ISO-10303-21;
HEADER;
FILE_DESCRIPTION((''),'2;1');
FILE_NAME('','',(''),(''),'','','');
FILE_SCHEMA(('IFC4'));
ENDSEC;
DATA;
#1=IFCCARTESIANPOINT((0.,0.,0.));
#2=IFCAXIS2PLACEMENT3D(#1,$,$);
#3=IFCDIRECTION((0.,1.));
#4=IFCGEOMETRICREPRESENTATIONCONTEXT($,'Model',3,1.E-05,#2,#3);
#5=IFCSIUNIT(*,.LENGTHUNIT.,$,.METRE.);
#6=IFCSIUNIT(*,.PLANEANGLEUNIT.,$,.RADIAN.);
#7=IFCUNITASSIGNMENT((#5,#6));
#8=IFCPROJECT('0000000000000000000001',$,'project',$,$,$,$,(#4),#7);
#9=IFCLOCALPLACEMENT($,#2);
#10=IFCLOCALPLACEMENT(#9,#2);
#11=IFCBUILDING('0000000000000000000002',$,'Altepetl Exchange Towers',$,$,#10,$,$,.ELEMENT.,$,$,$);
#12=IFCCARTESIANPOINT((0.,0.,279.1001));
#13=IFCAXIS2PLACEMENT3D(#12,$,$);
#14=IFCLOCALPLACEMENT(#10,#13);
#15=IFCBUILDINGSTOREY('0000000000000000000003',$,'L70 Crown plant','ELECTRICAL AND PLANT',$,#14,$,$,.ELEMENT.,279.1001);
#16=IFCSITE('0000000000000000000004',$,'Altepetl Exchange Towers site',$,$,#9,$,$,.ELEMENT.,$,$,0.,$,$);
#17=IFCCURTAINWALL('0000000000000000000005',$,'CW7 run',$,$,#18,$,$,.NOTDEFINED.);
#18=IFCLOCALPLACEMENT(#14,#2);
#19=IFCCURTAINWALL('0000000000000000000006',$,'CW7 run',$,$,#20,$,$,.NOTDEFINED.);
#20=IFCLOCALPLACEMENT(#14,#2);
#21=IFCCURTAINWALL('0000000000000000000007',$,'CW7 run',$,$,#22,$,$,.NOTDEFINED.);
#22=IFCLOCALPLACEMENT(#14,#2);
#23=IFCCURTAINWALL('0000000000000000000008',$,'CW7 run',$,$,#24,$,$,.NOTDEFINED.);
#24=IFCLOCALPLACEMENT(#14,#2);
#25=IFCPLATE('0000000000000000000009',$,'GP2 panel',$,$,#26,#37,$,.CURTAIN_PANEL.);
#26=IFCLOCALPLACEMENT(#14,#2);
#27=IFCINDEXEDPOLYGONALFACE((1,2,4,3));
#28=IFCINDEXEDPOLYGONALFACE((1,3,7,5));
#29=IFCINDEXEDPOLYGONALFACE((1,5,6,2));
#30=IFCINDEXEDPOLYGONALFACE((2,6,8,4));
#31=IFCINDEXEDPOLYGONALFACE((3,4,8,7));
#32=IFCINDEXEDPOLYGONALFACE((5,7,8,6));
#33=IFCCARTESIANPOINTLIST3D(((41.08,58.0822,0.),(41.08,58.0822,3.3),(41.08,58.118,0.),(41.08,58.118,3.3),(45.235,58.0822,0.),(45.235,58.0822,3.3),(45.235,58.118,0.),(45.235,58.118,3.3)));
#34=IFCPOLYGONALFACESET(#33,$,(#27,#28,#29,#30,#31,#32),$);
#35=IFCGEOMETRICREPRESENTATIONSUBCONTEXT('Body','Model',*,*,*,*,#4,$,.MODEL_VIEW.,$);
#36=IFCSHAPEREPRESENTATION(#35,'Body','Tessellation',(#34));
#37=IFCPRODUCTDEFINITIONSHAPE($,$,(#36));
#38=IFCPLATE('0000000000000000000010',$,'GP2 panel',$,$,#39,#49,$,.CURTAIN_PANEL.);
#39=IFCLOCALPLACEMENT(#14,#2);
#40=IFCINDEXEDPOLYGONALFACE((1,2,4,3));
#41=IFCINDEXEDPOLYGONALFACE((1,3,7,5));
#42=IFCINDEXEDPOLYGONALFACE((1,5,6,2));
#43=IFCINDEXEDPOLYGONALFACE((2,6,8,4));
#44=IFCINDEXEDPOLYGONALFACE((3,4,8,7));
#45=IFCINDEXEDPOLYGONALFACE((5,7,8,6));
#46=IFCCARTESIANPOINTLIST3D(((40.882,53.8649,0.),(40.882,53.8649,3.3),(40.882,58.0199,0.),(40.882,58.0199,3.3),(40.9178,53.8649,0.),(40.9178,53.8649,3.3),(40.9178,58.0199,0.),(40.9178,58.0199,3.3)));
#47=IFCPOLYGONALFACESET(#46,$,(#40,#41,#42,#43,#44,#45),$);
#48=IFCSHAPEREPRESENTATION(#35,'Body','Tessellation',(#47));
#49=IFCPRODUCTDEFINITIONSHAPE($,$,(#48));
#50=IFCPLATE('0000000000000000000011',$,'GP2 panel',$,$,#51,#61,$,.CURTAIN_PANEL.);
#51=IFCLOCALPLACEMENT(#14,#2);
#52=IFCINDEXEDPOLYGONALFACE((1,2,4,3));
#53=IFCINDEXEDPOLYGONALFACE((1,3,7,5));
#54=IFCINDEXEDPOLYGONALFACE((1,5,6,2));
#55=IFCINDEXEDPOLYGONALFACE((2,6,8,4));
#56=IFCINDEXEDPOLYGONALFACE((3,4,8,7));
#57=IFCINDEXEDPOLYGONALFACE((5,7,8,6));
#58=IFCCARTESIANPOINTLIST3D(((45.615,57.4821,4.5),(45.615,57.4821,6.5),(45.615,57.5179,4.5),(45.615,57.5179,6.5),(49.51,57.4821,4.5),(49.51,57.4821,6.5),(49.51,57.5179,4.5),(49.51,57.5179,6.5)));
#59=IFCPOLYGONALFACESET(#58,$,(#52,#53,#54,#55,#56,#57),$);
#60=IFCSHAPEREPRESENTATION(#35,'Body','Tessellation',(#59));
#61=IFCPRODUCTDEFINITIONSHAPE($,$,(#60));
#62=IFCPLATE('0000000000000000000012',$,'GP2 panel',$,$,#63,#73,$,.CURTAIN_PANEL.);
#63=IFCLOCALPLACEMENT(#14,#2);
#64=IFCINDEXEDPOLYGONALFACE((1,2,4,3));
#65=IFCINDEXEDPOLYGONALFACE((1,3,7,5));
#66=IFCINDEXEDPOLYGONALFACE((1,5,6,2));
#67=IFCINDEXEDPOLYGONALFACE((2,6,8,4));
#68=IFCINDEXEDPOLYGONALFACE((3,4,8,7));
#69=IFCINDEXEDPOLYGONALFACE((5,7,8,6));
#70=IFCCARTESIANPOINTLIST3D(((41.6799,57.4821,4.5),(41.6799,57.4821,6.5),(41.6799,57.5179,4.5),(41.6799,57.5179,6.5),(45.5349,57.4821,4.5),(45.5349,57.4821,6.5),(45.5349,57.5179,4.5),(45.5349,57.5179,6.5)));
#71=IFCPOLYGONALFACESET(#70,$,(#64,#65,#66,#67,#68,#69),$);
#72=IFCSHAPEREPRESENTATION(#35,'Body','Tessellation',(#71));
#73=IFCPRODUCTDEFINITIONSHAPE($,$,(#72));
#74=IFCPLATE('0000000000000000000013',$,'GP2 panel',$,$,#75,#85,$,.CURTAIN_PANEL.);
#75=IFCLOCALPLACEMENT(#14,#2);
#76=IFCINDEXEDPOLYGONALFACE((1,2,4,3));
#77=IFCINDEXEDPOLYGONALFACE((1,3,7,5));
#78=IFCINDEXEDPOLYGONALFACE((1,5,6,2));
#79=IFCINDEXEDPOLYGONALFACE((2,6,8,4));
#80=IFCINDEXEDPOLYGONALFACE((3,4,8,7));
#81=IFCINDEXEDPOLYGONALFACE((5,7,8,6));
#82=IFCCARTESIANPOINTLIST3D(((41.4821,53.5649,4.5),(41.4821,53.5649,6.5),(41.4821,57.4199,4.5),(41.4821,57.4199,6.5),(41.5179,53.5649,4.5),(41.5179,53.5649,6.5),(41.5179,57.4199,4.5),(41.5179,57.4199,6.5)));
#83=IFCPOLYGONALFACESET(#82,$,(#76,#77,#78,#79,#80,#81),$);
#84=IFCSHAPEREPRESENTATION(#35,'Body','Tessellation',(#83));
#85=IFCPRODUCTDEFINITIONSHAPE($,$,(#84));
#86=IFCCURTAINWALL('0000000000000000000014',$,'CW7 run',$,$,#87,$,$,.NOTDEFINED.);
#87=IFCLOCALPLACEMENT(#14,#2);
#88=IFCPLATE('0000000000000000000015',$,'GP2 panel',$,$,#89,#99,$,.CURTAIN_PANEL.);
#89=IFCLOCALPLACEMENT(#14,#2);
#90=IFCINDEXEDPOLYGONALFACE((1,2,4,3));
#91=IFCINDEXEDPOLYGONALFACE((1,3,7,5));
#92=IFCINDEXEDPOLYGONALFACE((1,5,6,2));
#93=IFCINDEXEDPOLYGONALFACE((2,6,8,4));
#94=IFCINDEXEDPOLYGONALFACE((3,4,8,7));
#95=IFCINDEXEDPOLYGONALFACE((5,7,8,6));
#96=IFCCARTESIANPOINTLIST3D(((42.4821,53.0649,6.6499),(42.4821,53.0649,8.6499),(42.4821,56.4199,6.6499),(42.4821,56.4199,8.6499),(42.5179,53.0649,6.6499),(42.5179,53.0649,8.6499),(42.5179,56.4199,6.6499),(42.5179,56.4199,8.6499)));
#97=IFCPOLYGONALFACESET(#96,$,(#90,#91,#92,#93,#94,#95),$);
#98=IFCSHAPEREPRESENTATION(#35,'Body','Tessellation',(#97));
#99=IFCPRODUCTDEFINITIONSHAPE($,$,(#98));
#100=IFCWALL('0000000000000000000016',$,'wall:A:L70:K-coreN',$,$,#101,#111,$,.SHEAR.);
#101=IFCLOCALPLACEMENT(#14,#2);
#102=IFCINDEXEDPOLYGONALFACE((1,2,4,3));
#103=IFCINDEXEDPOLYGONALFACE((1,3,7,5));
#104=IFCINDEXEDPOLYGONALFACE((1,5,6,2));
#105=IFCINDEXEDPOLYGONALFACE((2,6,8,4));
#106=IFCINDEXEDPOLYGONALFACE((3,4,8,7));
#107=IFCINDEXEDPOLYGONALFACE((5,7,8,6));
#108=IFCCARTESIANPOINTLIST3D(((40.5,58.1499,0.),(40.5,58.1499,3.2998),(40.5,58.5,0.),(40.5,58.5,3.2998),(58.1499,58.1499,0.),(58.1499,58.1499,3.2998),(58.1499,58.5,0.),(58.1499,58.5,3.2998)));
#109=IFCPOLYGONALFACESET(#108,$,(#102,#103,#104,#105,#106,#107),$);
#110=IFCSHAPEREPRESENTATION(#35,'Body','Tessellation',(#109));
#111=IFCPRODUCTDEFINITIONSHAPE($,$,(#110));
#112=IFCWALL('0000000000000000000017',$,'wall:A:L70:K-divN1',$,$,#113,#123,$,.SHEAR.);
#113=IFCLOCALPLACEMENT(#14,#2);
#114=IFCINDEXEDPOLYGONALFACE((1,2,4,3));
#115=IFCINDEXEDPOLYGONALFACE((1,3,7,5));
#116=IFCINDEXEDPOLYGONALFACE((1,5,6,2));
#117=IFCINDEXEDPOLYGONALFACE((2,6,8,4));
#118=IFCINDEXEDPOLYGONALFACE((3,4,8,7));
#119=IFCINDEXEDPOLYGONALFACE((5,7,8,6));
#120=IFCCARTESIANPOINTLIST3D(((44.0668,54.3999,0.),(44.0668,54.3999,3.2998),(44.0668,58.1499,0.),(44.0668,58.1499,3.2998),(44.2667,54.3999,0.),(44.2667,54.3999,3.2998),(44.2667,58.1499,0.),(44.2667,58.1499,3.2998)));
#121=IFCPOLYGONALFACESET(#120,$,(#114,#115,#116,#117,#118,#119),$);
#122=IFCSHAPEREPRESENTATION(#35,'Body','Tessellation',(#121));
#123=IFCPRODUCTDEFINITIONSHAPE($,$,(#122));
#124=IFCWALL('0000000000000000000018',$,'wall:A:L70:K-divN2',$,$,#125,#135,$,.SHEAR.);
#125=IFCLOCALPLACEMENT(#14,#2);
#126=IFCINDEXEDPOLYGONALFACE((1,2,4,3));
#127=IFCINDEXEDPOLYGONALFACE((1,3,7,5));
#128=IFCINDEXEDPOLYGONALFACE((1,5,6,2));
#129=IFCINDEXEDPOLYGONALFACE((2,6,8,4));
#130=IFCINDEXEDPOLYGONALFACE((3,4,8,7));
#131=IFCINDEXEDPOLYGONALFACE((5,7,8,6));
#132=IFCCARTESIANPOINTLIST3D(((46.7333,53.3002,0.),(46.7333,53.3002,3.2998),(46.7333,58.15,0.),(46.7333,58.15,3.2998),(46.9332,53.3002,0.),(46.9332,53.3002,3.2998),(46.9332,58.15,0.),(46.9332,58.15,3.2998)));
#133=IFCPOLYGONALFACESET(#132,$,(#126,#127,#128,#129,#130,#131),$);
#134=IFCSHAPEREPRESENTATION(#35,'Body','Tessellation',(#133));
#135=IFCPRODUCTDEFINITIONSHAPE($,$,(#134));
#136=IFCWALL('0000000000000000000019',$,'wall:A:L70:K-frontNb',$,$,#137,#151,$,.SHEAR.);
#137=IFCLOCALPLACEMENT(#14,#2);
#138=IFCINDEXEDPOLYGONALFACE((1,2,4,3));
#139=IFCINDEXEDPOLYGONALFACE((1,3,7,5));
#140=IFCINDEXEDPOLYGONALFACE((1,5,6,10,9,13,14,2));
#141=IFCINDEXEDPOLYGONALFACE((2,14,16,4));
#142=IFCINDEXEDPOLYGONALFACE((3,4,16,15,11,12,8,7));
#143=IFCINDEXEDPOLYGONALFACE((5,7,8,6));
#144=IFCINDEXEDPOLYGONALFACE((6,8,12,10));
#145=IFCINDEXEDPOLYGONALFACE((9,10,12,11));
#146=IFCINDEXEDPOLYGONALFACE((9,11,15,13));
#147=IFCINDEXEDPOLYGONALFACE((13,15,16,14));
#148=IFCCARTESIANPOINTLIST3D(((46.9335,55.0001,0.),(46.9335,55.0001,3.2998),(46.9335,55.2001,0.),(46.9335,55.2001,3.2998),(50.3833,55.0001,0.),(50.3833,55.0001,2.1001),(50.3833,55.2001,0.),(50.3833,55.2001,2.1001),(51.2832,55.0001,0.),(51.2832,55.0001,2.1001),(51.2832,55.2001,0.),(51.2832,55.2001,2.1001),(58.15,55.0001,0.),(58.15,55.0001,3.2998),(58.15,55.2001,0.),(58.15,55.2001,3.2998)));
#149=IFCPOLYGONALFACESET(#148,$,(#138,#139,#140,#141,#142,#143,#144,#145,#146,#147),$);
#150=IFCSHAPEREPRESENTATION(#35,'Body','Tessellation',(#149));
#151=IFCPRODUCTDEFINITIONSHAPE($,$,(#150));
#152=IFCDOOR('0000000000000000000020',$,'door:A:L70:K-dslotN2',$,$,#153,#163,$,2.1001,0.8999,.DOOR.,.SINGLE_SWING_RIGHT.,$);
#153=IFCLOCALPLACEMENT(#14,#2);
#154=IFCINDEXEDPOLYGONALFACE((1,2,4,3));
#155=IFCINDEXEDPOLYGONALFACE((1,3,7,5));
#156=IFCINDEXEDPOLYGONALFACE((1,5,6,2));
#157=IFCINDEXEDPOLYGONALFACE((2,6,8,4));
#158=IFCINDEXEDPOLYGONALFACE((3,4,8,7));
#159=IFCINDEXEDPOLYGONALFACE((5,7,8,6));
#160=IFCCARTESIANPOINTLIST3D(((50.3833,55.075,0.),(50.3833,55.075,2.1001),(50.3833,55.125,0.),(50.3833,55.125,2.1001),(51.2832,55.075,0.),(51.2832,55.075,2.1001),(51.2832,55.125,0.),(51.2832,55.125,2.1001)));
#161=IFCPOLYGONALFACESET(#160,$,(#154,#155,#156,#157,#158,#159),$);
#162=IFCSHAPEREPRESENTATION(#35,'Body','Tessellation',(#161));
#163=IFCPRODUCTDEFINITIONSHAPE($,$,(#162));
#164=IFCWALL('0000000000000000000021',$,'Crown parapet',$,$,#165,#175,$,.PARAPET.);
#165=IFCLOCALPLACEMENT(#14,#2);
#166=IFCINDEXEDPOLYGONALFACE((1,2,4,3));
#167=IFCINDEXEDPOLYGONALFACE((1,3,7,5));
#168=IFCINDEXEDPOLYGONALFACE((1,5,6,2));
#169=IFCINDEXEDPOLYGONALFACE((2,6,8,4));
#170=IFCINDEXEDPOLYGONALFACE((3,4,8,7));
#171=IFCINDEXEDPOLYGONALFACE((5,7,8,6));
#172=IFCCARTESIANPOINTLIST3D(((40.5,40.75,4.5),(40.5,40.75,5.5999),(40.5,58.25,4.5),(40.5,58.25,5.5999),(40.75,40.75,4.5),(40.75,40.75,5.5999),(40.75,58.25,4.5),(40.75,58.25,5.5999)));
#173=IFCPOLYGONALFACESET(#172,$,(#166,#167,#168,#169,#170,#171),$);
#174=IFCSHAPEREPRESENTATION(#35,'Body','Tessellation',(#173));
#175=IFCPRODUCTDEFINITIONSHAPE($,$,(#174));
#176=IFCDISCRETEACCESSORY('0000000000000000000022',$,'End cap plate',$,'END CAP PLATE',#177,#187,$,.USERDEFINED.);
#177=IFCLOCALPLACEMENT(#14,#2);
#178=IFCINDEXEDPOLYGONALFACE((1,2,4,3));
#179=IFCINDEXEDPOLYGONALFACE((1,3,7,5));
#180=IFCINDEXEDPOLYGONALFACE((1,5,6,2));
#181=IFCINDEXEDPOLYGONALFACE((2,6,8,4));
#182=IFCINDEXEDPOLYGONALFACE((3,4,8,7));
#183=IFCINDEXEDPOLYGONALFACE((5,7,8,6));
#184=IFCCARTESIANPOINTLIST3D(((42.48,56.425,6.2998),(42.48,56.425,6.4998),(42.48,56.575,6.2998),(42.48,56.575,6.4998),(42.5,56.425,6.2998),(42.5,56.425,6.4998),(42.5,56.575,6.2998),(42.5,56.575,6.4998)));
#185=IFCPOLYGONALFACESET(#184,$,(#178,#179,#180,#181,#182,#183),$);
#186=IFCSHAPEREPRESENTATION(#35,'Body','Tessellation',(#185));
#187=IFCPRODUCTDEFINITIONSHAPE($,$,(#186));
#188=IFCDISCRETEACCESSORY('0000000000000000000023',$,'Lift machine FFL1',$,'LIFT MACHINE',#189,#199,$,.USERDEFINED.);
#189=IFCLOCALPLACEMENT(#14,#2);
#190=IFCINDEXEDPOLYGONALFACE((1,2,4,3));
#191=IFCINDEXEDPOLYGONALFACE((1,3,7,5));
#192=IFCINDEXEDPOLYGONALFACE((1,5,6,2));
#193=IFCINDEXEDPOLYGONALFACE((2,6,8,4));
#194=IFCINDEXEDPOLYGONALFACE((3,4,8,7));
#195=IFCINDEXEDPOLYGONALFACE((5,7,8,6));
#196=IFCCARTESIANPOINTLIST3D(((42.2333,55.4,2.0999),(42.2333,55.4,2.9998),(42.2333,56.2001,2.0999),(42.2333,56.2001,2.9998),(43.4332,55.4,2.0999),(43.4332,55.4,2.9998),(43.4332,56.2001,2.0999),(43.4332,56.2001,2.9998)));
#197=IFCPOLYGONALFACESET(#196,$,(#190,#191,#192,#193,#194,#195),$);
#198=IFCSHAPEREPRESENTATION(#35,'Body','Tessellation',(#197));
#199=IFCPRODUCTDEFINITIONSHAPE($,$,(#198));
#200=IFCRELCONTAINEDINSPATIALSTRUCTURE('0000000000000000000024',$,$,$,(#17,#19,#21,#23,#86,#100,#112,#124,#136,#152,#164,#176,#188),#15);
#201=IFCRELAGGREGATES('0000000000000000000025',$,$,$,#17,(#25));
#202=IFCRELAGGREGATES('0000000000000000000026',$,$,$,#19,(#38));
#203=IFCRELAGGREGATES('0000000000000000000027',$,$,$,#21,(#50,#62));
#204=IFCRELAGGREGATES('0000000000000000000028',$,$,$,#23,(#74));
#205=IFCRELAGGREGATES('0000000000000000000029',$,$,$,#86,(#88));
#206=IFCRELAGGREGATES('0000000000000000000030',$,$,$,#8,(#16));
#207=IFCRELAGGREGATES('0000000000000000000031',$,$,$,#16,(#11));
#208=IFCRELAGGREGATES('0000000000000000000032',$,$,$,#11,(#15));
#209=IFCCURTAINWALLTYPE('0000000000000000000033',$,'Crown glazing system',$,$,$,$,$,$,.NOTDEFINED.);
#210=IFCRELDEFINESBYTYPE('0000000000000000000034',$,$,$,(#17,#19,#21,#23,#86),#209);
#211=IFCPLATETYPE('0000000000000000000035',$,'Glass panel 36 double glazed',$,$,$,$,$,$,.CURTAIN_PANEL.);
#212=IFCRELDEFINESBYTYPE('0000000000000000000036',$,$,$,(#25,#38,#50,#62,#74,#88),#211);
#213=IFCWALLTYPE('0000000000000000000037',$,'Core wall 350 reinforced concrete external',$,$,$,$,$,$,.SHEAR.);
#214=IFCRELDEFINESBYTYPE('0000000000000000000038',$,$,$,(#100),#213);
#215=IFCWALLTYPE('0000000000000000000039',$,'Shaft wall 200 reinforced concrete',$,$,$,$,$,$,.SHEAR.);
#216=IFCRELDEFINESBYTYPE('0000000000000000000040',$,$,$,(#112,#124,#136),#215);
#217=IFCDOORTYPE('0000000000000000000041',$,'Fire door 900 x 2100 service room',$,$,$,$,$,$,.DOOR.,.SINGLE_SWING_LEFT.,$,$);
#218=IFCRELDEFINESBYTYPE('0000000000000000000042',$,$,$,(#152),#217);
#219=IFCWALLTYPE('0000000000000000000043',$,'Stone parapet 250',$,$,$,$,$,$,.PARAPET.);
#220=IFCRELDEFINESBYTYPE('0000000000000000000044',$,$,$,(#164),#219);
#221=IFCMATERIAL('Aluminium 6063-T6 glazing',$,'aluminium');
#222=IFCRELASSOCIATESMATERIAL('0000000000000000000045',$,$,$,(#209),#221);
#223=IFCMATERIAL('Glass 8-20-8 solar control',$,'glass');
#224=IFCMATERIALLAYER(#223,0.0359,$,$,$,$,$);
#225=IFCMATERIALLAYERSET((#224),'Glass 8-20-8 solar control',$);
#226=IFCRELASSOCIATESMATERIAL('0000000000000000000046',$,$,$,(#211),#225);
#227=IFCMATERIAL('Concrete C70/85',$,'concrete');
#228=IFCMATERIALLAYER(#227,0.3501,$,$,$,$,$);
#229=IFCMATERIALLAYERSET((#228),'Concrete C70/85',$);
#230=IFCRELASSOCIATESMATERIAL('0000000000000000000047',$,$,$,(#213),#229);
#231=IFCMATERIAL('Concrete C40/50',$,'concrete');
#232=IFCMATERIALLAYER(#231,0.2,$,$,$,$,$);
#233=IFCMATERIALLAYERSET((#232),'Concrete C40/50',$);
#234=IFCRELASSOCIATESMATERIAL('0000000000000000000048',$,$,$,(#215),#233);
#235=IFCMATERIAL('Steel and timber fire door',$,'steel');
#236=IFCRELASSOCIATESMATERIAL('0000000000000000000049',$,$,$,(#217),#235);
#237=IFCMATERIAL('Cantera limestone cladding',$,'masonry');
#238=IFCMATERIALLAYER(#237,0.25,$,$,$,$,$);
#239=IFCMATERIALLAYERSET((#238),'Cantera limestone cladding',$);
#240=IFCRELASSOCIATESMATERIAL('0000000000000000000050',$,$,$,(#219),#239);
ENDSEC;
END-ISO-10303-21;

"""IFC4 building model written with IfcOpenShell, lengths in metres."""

from ifc_helpers import new_model, si_unit, direction, frame, frame_2d, origin, origin_2d, place, context, subcontext, project, spatial, rectangle, extrude, material, layer, layer_set, type_object, element, fill, aggregate, save


model = new_model("IFC4")

# Units and contexts
model_context = context("Model", 3, precision=1e-05, world=origin(), true_north=direction((0.0, 1.0)))
body_context = subcontext(model_context, "Body", "Model", "MODEL_VIEW")
ifc_project = project(units=[si_unit("LENGTHUNIT", "METRE"), si_unit("PLANEANGLEUNIT", "RADIAN")], contexts=[model_context])

# Site, building, storey
site_placement = place(None, origin())
site = spatial("IfcSite", under=ifc_project, at=site_placement, Name="Altepetl Exchange Towers site", CompositionType="ELEMENT", RefElevation=0.0)
building_placement = place(site_placement, origin())
building = spatial("IfcBuilding", under=site, at=building_placement, Name="Altepetl Exchange Towers", CompositionType="ELEMENT")
storey_placement = place(building_placement, frame((0.0, 0.0, 279.1001)))
storey = spatial("IfcBuildingStorey", under=building, at=storey_placement, Name="L70 Crown plant", Description="ELECTRICAL AND PLANT", CompositionType="ELEMENT", Elevation=279.1001)

# Curtain wall
ifc_material_1 = material(Name="Aluminium 6063-T6 glazing", Category="aluminium")
curtain_wall_type = type_object("IfcCurtainWallType", Name="Crown glazing system", PredefinedType="NOTDEFINED", material=ifc_material_1)
curtain_wall_1_placement = place(storey_placement, origin())
curtain_wall_1 = element("IfcCurtainWall", 1, at=curtain_wall_1_placement, inside=storey, type_object=curtain_wall_type, Name="CW7 run", PredefinedType="NOTDEFINED")

# Curtain wall
curtain_wall_2_placement = place(storey_placement, origin())
curtain_wall_2 = element("IfcCurtainWall", 2, at=curtain_wall_2_placement, inside=storey, type_object=curtain_wall_type, Name="CW7 run", PredefinedType="NOTDEFINED")

# Curtain wall
curtain_wall_3_placement = place(storey_placement, origin())
curtain_wall_3 = element("IfcCurtainWall", 3, at=curtain_wall_3_placement, inside=storey, type_object=curtain_wall_type, Name="CW7 run", PredefinedType="NOTDEFINED")

# Curtain wall
curtain_wall_4_placement = place(storey_placement, origin())
curtain_wall_4 = element("IfcCurtainWall", 4, at=curtain_wall_4_placement, inside=storey, type_object=curtain_wall_type, Name="CW7 run", PredefinedType="NOTDEFINED")

# Plates
ifc_material_2 = material(Name="Glass 8-20-8 solar control", Category="glass")
ifc_layer_1 = layer(ifc_material_2, 0.0359)
ifc_layer_set_1 = layer_set([ifc_layer_1], Name="Glass 8-20-8 solar control")
plate_type = type_object("IfcPlateType", Name="Glass panel 36 double glazed", PredefinedType="CURTAIN_PANEL", material=ifc_layer_set_1)
plate_1_placement = place(storey_placement, frame((43.1575, 58.1001, 0.0), z_axis=(0.0, 0.0, 1.0), x_axis=(-1.0, 0.0, 0.0)))
plate_1 = element("IfcPlate", 5, at=plate_1_placement, type_object=plate_type, Name="GP2 panel", PredefinedType="CURTAIN_PANEL", context=body_context, shape_type="SweptSolid", body=[
    extrude(rectangle(XDim=4.155, YDim=0.0359, at=origin_2d()), origin(), (0.0, 0.0, 1.0), 3.3),
])
aggregate(curtain_wall_1, [plate_1])
plate_2_placement = place(storey_placement, frame((40.8999, 55.9424, 0.0), z_axis=(0.0, 0.0, 1.0), x_axis=(0.0, -1.0, 0.0)))
plate_2 = element("IfcPlate", 6, at=plate_2_placement, type_object=plate_type, Name="GP2 panel", PredefinedType="CURTAIN_PANEL", context=body_context, shape_type="SweptSolid", body=[
    extrude(rectangle(XDim=4.155, YDim=0.0359, at=origin_2d()), origin(), (0.0, 0.0, 1.0), 3.3),
])
aggregate(curtain_wall_2, [plate_2])
plate_3_placement = place(storey_placement, frame((47.5625, 57.5, 4.5), z_axis=(0.0, 0.0, 1.0), x_axis=(-1.0, 0.0, 0.0)))
plate_3 = element("IfcPlate", 7, at=plate_3_placement, type_object=plate_type, Name="GP2 panel", PredefinedType="CURTAIN_PANEL", context=body_context, shape_type="SweptSolid", body=[
    extrude(rectangle(XDim=3.895, YDim=0.0359, at=origin_2d()), origin(), (0.0, 0.0, 1.0), 2.0),
])
plate_4_placement = place(storey_placement, frame((43.6074, 57.5, 4.5), z_axis=(0.0, 0.0, 1.0), x_axis=(-1.0, 0.0, 0.0)))
plate_4 = element("IfcPlate", 8, at=plate_4_placement, type_object=plate_type, Name="GP2 panel", PredefinedType="CURTAIN_PANEL", context=body_context, shape_type="SweptSolid", body=[
    extrude(rectangle(XDim=3.855, YDim=0.0359, at=origin_2d()), origin(), (0.0, 0.0, 1.0), 2.0),
])
aggregate(curtain_wall_3, [plate_3, plate_4])
plate_5_placement = place(storey_placement, frame((41.5, 55.4924, 4.5), z_axis=(0.0, 0.0, 1.0), x_axis=(0.0, -1.0, 0.0)))
plate_5 = element("IfcPlate", 9, at=plate_5_placement, type_object=plate_type, Name="GP2 panel", PredefinedType="CURTAIN_PANEL", context=body_context, shape_type="SweptSolid", body=[
    extrude(rectangle(XDim=3.855, YDim=0.0359, at=origin_2d()), origin(), (0.0, 0.0, 1.0), 2.0),
])
aggregate(curtain_wall_4, [plate_5])

# Curtain wall, plate
curtain_wall_5_placement = place(storey_placement, origin())
curtain_wall_5 = element("IfcCurtainWall", 10, at=curtain_wall_5_placement, inside=storey, type_object=curtain_wall_type, Name="CW7 run", PredefinedType="NOTDEFINED")
plate_6_placement = place(storey_placement, frame((42.5, 54.7424, 6.6499), z_axis=(0.0, 0.0, 1.0), x_axis=(0.0, -1.0, 0.0)))
plate_6 = element("IfcPlate", 11, at=plate_6_placement, type_object=plate_type, Name="GP2 panel", PredefinedType="CURTAIN_PANEL", context=body_context, shape_type="SweptSolid", body=[
    extrude(rectangle(XDim=3.355, YDim=0.0359, at=origin_2d()), origin(), (0.0, 0.0, 1.0), 2.0),
])
aggregate(curtain_wall_5, [plate_6])

# Walls
ifc_material_3 = material(Name="Concrete C70/85", Category="concrete")
ifc_layer_2 = layer(ifc_material_3, 0.3501)
ifc_layer_set_2 = layer_set([ifc_layer_2], Name="Concrete C70/85")
wall_type_1 = type_object("IfcWallType", Name="Core wall 350 reinforced concrete external", PredefinedType="SHEAR", material=ifc_layer_set_2)
wall_1_placement = place(storey_placement, frame((40.5, 58.325, 0.0)))
element("IfcWall", 12, at=wall_1_placement, inside=storey, type_object=wall_type_1, Name="wall:A:L70:K-coreN", PredefinedType="SHEAR", context=body_context, shape_type="SweptSolid", body=[
    extrude(rectangle(XDim=17.6499, YDim=0.3501, at=frame_2d((8.825, 0.0))), origin(), (0.0, 0.0, 1.0), 3.2998),
])
ifc_material_4 = material(Name="Concrete C40/50", Category="concrete")
ifc_layer_3 = layer(ifc_material_4, 0.2)
ifc_layer_set_3 = layer_set([ifc_layer_3], Name="Concrete C40/50")
wall_type_2 = type_object("IfcWallType", Name="Shaft wall 200 reinforced concrete", PredefinedType="SHEAR", material=ifc_layer_set_3)
wall_2_placement = place(storey_placement, frame((44.1667, 58.1499, 0.0), z_axis=(0.0, 0.0, 1.0), x_axis=(0.0, -1.0, 0.0)))
element("IfcWall", 13, at=wall_2_placement, inside=storey, type_object=wall_type_2, Name="wall:A:L70:K-divN1", PredefinedType="SHEAR", context=body_context, shape_type="SweptSolid", body=[
    extrude(rectangle(XDim=3.75, YDim=0.2, at=frame_2d((1.875, 0.0))), origin(), (0.0, 0.0, 1.0), 3.2998),
])
wall_3_placement = place(storey_placement, frame((46.8333, 58.1499, 0.0), z_axis=(0.0, 0.0, 1.0), x_axis=(0.0, -1.0, 0.0)))
element("IfcWall", 14, at=wall_3_placement, inside=storey, type_object=wall_type_2, Name="wall:A:L70:K-divN2", PredefinedType="SHEAR", context=body_context, shape_type="SweptSolid", body=[
    extrude(rectangle(XDim=4.8499, YDim=0.2, at=frame_2d((2.4248, 0.0))), origin(), (0.0, 0.0, 1.0), 3.2998),
])

# Wall, opening, door
wall_4_placement = place(storey_placement, frame((46.9333, 55.1001, 0.0)))
wall_4 = element("IfcWall", 15, at=wall_4_placement, inside=storey, type_object=wall_type_2, Name="wall:A:L70:K-frontNb", PredefinedType="SHEAR", context=body_context, shape_type="SweptSolid", body=[
    extrude(rectangle(XDim=11.2166, YDim=0.2, at=frame_2d((5.6084, 0.0))), origin(), (0.0, 0.0, 1.0), 3.2998),
])
opening_placement = place(wall_4_placement, frame((3.45, 0.0, 0.0)))
opening = element("IfcOpeningElement", 16, at=opening_placement, cuts=wall_4, PredefinedType="OPENING", context=body_context, shape_type="SweptSolid", body=[
    extrude(rectangle(XDim=0.8999, YDim=2.1001, at=frame_2d((0.45, 1.05))), frame((0.0, 0.1099, 0.0), z_axis=(0.0, -1.0, 0.0), x_axis=(1.0, 0.0, 0.0)), (0.0, 0.0, 1.0), 0.22),
])
ifc_material_5 = material(Name="Steel and timber fire door", Category="steel")
door_type = type_object("IfcDoorType", Name="Fire door 900 x 2100 service room", OperationType="SINGLE_SWING_LEFT", PredefinedType="DOOR", material=ifc_material_5)
door_placement = place(opening_placement, origin())
door = element("IfcDoor", 17, at=door_placement, inside=storey, type_object=door_type, Name="door:A:L70:K-dslotN2", OperationType="SINGLE_SWING_RIGHT", OverallHeight=2.1001, OverallWidth=0.8999, PredefinedType="DOOR", context=body_context, shape_type="SweptSolid", body=[
    extrude(rectangle(XDim=0.8999, YDim=2.1001, at=frame_2d((0.45, 1.05))), frame((0.0, 0.0249, 0.0), z_axis=(0.0, -1.0, 0.0), x_axis=(1.0, 0.0, 0.0)), (0.0, 0.0, 1.0), 0.05),
])
fill(opening, door)

# Wall
ifc_material_6 = material(Name="Cantera limestone cladding", Category="masonry")
ifc_layer_4 = layer(ifc_material_6, 0.25)
ifc_layer_set_4 = layer_set([ifc_layer_4], Name="Cantera limestone cladding")
wall_type_3 = type_object("IfcWallType", Name="Stone parapet 250", PredefinedType="PARAPET", material=ifc_layer_set_4)
wall_5_placement = place(storey_placement, frame((40.625, 58.25, 4.5), z_axis=(0.0, 0.0, 1.0), x_axis=(0.0, -1.0, 0.0)))
element("IfcWall", 18, at=wall_5_placement, inside=storey, type_object=wall_type_3, Name="Crown parapet", PredefinedType="PARAPET", context=body_context, shape_type="SweptSolid", body=[
    extrude(rectangle(XDim=17.5, YDim=0.25, at=frame_2d((8.75, 0.0))), origin(), (0.0, 0.0, 1.0), 1.0999),
])

# Discrete accessories
discrete_accessory_placement = place(storey_placement, frame((42.49, 56.5, 6.2998), z_axis=(0.0, 0.0, 1.0), x_axis=(-1.0, 0.0, 0.0)))
element("IfcDiscreteAccessory", 19, at=discrete_accessory_placement, inside=storey, Name="End cap plate", ObjectType="END CAP PLATE", PredefinedType="USERDEFINED", context=body_context, shape_type="SweptSolid", body=[
    extrude(rectangle(XDim=0.02, YDim=0.1499, at=origin_2d()), origin(), (0.0, 0.0, 1.0), 0.2),
])
for number, where, name in (
    (20, (42.8333, 55.8, 2.0999), "Lift machine FFL1"),
):
    element("IfcDiscreteAccessory", number, at=place(storey_placement, frame(where)), inside=storey, Name=name, ObjectType="LIFT MACHINE", PredefinedType="USERDEFINED", context=body_context, shape_type="SweptSolid", body=[
        extrude(rectangle(XDim=1.2, YDim=0.8, at=origin_2d()), origin(), (0.0, 0.0, 1.0), 0.8999),
    ])

save(model, "model.ifc")
